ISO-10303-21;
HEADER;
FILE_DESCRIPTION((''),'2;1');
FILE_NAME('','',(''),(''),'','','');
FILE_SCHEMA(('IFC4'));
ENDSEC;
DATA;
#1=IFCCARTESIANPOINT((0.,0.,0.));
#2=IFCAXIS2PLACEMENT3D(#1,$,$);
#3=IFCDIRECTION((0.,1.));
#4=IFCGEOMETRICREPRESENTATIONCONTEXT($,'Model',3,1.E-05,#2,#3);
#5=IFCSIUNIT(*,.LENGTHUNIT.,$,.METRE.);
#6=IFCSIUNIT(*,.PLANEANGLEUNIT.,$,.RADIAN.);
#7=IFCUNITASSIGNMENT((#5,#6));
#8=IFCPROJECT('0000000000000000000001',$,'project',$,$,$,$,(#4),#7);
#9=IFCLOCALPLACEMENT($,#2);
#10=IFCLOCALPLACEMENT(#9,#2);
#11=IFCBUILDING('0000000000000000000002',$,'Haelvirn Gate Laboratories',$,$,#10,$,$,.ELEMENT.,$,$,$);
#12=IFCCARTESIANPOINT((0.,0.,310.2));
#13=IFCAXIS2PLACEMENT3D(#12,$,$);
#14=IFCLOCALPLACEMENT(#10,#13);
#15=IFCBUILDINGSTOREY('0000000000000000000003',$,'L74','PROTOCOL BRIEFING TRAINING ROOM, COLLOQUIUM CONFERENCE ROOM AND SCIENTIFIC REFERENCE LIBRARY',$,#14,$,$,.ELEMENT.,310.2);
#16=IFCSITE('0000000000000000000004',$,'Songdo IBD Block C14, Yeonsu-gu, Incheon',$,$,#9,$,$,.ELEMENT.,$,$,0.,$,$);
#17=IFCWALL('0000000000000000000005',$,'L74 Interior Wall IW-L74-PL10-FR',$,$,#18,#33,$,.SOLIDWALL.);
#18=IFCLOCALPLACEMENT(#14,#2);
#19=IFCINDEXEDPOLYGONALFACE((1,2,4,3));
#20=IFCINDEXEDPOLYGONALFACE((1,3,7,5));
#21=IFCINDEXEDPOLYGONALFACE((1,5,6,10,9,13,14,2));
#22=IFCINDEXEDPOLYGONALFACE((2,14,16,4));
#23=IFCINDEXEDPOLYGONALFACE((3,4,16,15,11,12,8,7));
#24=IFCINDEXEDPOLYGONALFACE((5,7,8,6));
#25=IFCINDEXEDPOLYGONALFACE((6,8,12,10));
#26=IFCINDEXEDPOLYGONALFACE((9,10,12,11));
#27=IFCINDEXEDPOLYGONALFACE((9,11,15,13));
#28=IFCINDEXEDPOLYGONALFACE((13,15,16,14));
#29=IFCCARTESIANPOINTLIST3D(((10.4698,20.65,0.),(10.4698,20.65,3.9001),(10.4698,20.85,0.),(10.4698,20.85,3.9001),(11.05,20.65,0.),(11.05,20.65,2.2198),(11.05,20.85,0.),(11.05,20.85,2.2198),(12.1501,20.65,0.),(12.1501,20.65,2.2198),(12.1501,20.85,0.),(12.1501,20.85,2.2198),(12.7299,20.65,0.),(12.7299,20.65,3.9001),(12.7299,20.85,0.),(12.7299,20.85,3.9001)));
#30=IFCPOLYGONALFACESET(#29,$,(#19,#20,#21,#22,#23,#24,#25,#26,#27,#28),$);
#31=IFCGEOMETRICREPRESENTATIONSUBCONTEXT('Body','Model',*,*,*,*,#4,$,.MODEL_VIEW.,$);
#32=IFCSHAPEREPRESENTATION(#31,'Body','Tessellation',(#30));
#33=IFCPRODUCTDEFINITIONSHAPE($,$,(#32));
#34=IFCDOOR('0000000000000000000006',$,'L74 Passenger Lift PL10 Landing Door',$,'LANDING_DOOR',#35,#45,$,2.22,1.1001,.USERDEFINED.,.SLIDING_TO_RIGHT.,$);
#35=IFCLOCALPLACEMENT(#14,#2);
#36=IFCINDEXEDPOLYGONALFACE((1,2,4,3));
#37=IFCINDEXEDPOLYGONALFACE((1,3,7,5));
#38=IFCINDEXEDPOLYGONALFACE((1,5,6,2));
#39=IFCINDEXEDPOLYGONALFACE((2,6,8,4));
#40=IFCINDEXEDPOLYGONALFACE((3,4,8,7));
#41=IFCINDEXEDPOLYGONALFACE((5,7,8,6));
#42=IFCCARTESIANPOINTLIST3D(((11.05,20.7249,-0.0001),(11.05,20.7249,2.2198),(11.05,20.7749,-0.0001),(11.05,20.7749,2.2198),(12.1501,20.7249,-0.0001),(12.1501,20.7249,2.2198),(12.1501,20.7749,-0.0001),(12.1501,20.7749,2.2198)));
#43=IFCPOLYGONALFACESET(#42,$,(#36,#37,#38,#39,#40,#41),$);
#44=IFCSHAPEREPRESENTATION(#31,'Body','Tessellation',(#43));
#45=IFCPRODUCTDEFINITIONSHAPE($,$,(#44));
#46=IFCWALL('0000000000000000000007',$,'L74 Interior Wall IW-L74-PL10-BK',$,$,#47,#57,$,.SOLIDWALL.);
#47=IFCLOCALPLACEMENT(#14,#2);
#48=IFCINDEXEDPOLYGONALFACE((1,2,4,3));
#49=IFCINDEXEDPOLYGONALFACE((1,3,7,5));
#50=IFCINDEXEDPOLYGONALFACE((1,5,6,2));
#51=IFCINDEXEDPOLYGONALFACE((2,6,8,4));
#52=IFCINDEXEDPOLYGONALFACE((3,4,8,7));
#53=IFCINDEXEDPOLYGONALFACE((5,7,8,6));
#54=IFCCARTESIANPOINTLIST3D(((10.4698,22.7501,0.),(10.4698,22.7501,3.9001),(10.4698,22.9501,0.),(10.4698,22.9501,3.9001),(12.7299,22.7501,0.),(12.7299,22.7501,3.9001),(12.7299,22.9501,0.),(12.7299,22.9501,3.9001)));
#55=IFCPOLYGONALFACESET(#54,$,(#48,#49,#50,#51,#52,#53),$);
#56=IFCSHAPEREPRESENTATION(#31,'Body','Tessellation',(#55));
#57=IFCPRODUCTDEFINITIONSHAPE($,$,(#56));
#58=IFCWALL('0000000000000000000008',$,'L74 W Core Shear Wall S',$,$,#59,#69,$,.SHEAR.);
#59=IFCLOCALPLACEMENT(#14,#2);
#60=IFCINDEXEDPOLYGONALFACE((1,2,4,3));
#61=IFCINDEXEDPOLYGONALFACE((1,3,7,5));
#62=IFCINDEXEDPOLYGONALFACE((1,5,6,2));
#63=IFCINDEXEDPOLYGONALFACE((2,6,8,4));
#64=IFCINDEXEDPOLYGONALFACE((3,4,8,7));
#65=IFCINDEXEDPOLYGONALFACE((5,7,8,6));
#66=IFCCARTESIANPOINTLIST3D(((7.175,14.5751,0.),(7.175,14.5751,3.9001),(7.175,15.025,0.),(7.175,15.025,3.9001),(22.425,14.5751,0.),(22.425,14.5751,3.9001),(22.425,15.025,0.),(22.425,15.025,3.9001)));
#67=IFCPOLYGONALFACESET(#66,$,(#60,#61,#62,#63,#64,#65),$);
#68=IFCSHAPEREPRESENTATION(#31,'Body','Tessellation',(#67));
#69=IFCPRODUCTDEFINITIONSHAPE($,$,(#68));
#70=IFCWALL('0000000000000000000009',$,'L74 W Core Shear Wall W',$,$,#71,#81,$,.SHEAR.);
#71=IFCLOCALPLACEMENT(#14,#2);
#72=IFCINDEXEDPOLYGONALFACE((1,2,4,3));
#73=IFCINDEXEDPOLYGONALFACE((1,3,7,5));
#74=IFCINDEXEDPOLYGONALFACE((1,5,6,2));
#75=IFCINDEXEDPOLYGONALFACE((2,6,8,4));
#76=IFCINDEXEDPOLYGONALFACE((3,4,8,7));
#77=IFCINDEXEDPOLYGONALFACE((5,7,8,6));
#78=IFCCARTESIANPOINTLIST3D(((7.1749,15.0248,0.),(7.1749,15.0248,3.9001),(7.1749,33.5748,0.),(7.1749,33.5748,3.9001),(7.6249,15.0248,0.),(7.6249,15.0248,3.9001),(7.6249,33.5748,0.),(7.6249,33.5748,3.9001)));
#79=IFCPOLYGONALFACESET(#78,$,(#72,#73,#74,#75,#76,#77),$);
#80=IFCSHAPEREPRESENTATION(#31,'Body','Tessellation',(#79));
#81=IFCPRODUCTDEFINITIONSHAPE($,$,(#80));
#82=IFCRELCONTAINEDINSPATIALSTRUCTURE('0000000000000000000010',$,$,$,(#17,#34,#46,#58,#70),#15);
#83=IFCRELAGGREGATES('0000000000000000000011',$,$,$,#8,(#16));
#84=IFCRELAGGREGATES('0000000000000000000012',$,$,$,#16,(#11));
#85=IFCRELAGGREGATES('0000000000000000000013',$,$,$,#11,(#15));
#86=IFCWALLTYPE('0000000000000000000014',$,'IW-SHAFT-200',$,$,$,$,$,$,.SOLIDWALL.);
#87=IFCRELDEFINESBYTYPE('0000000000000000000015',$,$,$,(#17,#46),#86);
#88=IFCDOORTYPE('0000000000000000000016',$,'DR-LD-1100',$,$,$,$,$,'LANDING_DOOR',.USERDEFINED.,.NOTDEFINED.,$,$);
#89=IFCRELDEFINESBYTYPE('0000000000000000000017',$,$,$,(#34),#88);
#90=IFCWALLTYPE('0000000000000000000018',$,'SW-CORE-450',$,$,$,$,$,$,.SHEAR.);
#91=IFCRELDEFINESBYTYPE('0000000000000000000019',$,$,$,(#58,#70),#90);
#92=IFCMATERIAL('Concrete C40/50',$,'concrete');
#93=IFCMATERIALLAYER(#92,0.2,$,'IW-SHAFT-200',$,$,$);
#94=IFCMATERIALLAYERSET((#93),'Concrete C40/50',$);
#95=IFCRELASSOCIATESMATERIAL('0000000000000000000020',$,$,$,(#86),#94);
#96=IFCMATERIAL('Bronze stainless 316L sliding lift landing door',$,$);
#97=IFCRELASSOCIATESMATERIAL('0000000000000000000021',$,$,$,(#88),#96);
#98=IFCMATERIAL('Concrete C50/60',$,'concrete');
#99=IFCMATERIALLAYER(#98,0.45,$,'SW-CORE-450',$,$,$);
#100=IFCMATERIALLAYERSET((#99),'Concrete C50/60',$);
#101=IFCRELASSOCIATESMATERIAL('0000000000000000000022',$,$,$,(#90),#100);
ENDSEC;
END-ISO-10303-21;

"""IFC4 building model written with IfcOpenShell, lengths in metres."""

from ifc_helpers import new_model, si_unit, direction, frame, frame_2d, origin, place, context, subcontext, project, spatial, rectangle, extrude, source, transform, mapped, material, layer, layer_set, type_object, type_shapes, element, fill, save


model = new_model("IFC4")

# Units and contexts
model_context = context("Model", 3, precision=1e-05, world=origin(), true_north=direction((0.0, 1.0)))
body_context = subcontext(model_context, "Body", "Model", "MODEL_VIEW")
ifc_project = project(units=[si_unit("LENGTHUNIT", "METRE"), si_unit("PLANEANGLEUNIT", "RADIAN")], contexts=[model_context])

# Site, building, storey
site_placement = place(None, origin())
site = spatial("IfcSite", under=ifc_project, at=site_placement, Name="Songdo IBD Block C14, Yeonsu-gu, Incheon", CompositionType="ELEMENT", RefElevation=0.0)
building_placement = place(site_placement, origin())
building = spatial("IfcBuilding", under=site, at=building_placement, Name="Haelvirn Gate Laboratories", CompositionType="ELEMENT")
storey_placement = place(building_placement, frame((0.0, 0.0, 310.2)))
storey = spatial("IfcBuildingStorey", under=building, at=storey_placement, Name="L74", Description="PROTOCOL BRIEFING TRAINING ROOM, COLLOQUIUM CONFERENCE ROOM AND SCIENTIFIC REFERENCE LIBRARY", CompositionType="ELEMENT", Elevation=310.2)

# Shared definitions
ifc_material_1 = material(Name="Concrete C50/60", Category="concrete")

# Shared definitions
ifc_material_2 = material(Name="Concrete C40/50", Category="concrete")

# Shared definitions
ifc_layer_1 = layer(ifc_material_2, 0.2, Name="IW-SHAFT-200")
ifc_layer_set_1 = layer_set([ifc_layer_1], Name="Concrete C40/50")
wall_type_1 = type_object("IfcWallType", Name="IW-SHAFT-200", PredefinedType="SOLIDWALL", material=ifc_layer_set_1)
ifc_material_3 = material(Name="Bronze stainless 316L sliding lift landing door")
door_type_1 = type_object("IfcDoorType", Name="DR-LD-1100", ElementType="LANDING_DOOR", OperationType="NOTDEFINED", PredefinedType="USERDEFINED", material=ifc_material_3)
shared_shape_1 = source(origin(), body_context, "Body", "SweptSolid", [
    extrude(rectangle(XDim=1.1001, YDim=2.22, at=frame_2d((0.55, 1.1099))), frame((0.0, 0.0249, 0.0), z_axis=(0.0, -1.0, 0.0), x_axis=(1.0, 0.0, 0.0)), (0.0, 0.0, 1.0), 0.05),
])
type_shapes(door_type_1, [shared_shape_1])

# Wall, opening, door
wall_1_placement = place(storey_placement, frame((10.47, 20.75, 0.0), z_axis=(0.0, 0.0, 1.0), x_axis=(1.0, 0.0, 0.0)))
wall_1 = element("IfcWall", 1, at=wall_1_placement, inside=storey, type_object=wall_type_1, Name="L74 Interior Wall IW-L74-PL10-FR", PredefinedType="SOLIDWALL", context=body_context, shape_type="SweptSolid", body=[
    extrude(rectangle(XDim=2.26, YDim=0.2, at=frame_2d((1.1299, 0.0))), origin(), (0.0, 0.0, 1.0), 3.9001),
])
opening_1_placement = place(wall_1_placement, frame((0.5801, 0.0, 0.0)))
opening_1 = element("IfcOpeningElement", 2, at=opening_1_placement, cuts=wall_1, PredefinedType="OPENING", context=body_context, shape_type="SweptSolid", body=[
    extrude(rectangle(XDim=1.1001, YDim=2.22, at=frame_2d((0.55, 1.1099))), frame((0.0, 0.1099, 0.0), z_axis=(0.0, -1.0, 0.0), x_axis=(1.0, 0.0, 0.0)), (0.0, 0.0, 1.0), 0.22),
])
door_1_placement = place(opening_1_placement, origin())
door_1 = element("IfcDoor", 3, at=door_1_placement, inside=storey, type_object=door_type_1, Name="L74 Passenger Lift PL10 Landing Door", ObjectType="LANDING_DOOR", OperationType="SLIDING_TO_RIGHT", OverallHeight=2.22, OverallWidth=1.1001, PredefinedType="USERDEFINED", context=body_context, shape_type="MappedRepresentation", body=[
    mapped(shared_shape_1, transform((0.0, 0.0, 0.0), scale=1.0)),
])
fill(opening_1, door_1)

# Walls
wall_2_placement = place(storey_placement, frame((10.47, 22.8501, 0.0), z_axis=(0.0, 0.0, 1.0), x_axis=(1.0, 0.0, 0.0)))
element("IfcWall", 4, at=wall_2_placement, inside=storey, type_object=wall_type_1, Name="L74 Interior Wall IW-L74-PL10-BK", PredefinedType="SOLIDWALL", context=body_context, shape_type="SweptSolid", body=[
    extrude(rectangle(XDim=2.26, YDim=0.2, at=frame_2d((1.1299, 0.0))), origin(), (0.0, 0.0, 1.0), 3.9001),
])
ifc_layer_2 = layer(ifc_material_1, 0.45, Name="SW-CORE-450")
ifc_layer_set_2 = layer_set([ifc_layer_2], Name="Concrete C50/60")
wall_type_2 = type_object("IfcWallType", Name="SW-CORE-450", PredefinedType="SHEAR", material=ifc_layer_set_2)
wall_3_placement = place(storey_placement, frame((7.175, 14.8, 0.0), z_axis=(0.0, 0.0, 1.0), x_axis=(1.0, 0.0, 0.0)))
element("IfcWall", 5, at=wall_3_placement, inside=storey, type_object=wall_type_2, Name="L74 W Core Shear Wall S", PredefinedType="SHEAR", context=body_context, shape_type="SweptSolid", body=[
    extrude(rectangle(XDim=15.25, YDim=0.45, at=frame_2d((7.625, 0.0))), origin(), (0.0, 0.0, 1.0), 3.9001),
])
wall_4_placement = place(storey_placement, frame((7.3999, 15.0249, 0.0), z_axis=(0.0, 0.0, 1.0), x_axis=(0.0, 1.0, 0.0)))
element("IfcWall", 6, at=wall_4_placement, inside=storey, type_object=wall_type_2, Name="L74 W Core Shear Wall W", PredefinedType="SHEAR", context=body_context, shape_type="SweptSolid", body=[
    extrude(rectangle(XDim=18.55, YDim=0.45, at=frame_2d((9.2749, 0.0))), origin(), (0.0, 0.0, 1.0), 3.9001),
])

save(model, "model.ifc")
